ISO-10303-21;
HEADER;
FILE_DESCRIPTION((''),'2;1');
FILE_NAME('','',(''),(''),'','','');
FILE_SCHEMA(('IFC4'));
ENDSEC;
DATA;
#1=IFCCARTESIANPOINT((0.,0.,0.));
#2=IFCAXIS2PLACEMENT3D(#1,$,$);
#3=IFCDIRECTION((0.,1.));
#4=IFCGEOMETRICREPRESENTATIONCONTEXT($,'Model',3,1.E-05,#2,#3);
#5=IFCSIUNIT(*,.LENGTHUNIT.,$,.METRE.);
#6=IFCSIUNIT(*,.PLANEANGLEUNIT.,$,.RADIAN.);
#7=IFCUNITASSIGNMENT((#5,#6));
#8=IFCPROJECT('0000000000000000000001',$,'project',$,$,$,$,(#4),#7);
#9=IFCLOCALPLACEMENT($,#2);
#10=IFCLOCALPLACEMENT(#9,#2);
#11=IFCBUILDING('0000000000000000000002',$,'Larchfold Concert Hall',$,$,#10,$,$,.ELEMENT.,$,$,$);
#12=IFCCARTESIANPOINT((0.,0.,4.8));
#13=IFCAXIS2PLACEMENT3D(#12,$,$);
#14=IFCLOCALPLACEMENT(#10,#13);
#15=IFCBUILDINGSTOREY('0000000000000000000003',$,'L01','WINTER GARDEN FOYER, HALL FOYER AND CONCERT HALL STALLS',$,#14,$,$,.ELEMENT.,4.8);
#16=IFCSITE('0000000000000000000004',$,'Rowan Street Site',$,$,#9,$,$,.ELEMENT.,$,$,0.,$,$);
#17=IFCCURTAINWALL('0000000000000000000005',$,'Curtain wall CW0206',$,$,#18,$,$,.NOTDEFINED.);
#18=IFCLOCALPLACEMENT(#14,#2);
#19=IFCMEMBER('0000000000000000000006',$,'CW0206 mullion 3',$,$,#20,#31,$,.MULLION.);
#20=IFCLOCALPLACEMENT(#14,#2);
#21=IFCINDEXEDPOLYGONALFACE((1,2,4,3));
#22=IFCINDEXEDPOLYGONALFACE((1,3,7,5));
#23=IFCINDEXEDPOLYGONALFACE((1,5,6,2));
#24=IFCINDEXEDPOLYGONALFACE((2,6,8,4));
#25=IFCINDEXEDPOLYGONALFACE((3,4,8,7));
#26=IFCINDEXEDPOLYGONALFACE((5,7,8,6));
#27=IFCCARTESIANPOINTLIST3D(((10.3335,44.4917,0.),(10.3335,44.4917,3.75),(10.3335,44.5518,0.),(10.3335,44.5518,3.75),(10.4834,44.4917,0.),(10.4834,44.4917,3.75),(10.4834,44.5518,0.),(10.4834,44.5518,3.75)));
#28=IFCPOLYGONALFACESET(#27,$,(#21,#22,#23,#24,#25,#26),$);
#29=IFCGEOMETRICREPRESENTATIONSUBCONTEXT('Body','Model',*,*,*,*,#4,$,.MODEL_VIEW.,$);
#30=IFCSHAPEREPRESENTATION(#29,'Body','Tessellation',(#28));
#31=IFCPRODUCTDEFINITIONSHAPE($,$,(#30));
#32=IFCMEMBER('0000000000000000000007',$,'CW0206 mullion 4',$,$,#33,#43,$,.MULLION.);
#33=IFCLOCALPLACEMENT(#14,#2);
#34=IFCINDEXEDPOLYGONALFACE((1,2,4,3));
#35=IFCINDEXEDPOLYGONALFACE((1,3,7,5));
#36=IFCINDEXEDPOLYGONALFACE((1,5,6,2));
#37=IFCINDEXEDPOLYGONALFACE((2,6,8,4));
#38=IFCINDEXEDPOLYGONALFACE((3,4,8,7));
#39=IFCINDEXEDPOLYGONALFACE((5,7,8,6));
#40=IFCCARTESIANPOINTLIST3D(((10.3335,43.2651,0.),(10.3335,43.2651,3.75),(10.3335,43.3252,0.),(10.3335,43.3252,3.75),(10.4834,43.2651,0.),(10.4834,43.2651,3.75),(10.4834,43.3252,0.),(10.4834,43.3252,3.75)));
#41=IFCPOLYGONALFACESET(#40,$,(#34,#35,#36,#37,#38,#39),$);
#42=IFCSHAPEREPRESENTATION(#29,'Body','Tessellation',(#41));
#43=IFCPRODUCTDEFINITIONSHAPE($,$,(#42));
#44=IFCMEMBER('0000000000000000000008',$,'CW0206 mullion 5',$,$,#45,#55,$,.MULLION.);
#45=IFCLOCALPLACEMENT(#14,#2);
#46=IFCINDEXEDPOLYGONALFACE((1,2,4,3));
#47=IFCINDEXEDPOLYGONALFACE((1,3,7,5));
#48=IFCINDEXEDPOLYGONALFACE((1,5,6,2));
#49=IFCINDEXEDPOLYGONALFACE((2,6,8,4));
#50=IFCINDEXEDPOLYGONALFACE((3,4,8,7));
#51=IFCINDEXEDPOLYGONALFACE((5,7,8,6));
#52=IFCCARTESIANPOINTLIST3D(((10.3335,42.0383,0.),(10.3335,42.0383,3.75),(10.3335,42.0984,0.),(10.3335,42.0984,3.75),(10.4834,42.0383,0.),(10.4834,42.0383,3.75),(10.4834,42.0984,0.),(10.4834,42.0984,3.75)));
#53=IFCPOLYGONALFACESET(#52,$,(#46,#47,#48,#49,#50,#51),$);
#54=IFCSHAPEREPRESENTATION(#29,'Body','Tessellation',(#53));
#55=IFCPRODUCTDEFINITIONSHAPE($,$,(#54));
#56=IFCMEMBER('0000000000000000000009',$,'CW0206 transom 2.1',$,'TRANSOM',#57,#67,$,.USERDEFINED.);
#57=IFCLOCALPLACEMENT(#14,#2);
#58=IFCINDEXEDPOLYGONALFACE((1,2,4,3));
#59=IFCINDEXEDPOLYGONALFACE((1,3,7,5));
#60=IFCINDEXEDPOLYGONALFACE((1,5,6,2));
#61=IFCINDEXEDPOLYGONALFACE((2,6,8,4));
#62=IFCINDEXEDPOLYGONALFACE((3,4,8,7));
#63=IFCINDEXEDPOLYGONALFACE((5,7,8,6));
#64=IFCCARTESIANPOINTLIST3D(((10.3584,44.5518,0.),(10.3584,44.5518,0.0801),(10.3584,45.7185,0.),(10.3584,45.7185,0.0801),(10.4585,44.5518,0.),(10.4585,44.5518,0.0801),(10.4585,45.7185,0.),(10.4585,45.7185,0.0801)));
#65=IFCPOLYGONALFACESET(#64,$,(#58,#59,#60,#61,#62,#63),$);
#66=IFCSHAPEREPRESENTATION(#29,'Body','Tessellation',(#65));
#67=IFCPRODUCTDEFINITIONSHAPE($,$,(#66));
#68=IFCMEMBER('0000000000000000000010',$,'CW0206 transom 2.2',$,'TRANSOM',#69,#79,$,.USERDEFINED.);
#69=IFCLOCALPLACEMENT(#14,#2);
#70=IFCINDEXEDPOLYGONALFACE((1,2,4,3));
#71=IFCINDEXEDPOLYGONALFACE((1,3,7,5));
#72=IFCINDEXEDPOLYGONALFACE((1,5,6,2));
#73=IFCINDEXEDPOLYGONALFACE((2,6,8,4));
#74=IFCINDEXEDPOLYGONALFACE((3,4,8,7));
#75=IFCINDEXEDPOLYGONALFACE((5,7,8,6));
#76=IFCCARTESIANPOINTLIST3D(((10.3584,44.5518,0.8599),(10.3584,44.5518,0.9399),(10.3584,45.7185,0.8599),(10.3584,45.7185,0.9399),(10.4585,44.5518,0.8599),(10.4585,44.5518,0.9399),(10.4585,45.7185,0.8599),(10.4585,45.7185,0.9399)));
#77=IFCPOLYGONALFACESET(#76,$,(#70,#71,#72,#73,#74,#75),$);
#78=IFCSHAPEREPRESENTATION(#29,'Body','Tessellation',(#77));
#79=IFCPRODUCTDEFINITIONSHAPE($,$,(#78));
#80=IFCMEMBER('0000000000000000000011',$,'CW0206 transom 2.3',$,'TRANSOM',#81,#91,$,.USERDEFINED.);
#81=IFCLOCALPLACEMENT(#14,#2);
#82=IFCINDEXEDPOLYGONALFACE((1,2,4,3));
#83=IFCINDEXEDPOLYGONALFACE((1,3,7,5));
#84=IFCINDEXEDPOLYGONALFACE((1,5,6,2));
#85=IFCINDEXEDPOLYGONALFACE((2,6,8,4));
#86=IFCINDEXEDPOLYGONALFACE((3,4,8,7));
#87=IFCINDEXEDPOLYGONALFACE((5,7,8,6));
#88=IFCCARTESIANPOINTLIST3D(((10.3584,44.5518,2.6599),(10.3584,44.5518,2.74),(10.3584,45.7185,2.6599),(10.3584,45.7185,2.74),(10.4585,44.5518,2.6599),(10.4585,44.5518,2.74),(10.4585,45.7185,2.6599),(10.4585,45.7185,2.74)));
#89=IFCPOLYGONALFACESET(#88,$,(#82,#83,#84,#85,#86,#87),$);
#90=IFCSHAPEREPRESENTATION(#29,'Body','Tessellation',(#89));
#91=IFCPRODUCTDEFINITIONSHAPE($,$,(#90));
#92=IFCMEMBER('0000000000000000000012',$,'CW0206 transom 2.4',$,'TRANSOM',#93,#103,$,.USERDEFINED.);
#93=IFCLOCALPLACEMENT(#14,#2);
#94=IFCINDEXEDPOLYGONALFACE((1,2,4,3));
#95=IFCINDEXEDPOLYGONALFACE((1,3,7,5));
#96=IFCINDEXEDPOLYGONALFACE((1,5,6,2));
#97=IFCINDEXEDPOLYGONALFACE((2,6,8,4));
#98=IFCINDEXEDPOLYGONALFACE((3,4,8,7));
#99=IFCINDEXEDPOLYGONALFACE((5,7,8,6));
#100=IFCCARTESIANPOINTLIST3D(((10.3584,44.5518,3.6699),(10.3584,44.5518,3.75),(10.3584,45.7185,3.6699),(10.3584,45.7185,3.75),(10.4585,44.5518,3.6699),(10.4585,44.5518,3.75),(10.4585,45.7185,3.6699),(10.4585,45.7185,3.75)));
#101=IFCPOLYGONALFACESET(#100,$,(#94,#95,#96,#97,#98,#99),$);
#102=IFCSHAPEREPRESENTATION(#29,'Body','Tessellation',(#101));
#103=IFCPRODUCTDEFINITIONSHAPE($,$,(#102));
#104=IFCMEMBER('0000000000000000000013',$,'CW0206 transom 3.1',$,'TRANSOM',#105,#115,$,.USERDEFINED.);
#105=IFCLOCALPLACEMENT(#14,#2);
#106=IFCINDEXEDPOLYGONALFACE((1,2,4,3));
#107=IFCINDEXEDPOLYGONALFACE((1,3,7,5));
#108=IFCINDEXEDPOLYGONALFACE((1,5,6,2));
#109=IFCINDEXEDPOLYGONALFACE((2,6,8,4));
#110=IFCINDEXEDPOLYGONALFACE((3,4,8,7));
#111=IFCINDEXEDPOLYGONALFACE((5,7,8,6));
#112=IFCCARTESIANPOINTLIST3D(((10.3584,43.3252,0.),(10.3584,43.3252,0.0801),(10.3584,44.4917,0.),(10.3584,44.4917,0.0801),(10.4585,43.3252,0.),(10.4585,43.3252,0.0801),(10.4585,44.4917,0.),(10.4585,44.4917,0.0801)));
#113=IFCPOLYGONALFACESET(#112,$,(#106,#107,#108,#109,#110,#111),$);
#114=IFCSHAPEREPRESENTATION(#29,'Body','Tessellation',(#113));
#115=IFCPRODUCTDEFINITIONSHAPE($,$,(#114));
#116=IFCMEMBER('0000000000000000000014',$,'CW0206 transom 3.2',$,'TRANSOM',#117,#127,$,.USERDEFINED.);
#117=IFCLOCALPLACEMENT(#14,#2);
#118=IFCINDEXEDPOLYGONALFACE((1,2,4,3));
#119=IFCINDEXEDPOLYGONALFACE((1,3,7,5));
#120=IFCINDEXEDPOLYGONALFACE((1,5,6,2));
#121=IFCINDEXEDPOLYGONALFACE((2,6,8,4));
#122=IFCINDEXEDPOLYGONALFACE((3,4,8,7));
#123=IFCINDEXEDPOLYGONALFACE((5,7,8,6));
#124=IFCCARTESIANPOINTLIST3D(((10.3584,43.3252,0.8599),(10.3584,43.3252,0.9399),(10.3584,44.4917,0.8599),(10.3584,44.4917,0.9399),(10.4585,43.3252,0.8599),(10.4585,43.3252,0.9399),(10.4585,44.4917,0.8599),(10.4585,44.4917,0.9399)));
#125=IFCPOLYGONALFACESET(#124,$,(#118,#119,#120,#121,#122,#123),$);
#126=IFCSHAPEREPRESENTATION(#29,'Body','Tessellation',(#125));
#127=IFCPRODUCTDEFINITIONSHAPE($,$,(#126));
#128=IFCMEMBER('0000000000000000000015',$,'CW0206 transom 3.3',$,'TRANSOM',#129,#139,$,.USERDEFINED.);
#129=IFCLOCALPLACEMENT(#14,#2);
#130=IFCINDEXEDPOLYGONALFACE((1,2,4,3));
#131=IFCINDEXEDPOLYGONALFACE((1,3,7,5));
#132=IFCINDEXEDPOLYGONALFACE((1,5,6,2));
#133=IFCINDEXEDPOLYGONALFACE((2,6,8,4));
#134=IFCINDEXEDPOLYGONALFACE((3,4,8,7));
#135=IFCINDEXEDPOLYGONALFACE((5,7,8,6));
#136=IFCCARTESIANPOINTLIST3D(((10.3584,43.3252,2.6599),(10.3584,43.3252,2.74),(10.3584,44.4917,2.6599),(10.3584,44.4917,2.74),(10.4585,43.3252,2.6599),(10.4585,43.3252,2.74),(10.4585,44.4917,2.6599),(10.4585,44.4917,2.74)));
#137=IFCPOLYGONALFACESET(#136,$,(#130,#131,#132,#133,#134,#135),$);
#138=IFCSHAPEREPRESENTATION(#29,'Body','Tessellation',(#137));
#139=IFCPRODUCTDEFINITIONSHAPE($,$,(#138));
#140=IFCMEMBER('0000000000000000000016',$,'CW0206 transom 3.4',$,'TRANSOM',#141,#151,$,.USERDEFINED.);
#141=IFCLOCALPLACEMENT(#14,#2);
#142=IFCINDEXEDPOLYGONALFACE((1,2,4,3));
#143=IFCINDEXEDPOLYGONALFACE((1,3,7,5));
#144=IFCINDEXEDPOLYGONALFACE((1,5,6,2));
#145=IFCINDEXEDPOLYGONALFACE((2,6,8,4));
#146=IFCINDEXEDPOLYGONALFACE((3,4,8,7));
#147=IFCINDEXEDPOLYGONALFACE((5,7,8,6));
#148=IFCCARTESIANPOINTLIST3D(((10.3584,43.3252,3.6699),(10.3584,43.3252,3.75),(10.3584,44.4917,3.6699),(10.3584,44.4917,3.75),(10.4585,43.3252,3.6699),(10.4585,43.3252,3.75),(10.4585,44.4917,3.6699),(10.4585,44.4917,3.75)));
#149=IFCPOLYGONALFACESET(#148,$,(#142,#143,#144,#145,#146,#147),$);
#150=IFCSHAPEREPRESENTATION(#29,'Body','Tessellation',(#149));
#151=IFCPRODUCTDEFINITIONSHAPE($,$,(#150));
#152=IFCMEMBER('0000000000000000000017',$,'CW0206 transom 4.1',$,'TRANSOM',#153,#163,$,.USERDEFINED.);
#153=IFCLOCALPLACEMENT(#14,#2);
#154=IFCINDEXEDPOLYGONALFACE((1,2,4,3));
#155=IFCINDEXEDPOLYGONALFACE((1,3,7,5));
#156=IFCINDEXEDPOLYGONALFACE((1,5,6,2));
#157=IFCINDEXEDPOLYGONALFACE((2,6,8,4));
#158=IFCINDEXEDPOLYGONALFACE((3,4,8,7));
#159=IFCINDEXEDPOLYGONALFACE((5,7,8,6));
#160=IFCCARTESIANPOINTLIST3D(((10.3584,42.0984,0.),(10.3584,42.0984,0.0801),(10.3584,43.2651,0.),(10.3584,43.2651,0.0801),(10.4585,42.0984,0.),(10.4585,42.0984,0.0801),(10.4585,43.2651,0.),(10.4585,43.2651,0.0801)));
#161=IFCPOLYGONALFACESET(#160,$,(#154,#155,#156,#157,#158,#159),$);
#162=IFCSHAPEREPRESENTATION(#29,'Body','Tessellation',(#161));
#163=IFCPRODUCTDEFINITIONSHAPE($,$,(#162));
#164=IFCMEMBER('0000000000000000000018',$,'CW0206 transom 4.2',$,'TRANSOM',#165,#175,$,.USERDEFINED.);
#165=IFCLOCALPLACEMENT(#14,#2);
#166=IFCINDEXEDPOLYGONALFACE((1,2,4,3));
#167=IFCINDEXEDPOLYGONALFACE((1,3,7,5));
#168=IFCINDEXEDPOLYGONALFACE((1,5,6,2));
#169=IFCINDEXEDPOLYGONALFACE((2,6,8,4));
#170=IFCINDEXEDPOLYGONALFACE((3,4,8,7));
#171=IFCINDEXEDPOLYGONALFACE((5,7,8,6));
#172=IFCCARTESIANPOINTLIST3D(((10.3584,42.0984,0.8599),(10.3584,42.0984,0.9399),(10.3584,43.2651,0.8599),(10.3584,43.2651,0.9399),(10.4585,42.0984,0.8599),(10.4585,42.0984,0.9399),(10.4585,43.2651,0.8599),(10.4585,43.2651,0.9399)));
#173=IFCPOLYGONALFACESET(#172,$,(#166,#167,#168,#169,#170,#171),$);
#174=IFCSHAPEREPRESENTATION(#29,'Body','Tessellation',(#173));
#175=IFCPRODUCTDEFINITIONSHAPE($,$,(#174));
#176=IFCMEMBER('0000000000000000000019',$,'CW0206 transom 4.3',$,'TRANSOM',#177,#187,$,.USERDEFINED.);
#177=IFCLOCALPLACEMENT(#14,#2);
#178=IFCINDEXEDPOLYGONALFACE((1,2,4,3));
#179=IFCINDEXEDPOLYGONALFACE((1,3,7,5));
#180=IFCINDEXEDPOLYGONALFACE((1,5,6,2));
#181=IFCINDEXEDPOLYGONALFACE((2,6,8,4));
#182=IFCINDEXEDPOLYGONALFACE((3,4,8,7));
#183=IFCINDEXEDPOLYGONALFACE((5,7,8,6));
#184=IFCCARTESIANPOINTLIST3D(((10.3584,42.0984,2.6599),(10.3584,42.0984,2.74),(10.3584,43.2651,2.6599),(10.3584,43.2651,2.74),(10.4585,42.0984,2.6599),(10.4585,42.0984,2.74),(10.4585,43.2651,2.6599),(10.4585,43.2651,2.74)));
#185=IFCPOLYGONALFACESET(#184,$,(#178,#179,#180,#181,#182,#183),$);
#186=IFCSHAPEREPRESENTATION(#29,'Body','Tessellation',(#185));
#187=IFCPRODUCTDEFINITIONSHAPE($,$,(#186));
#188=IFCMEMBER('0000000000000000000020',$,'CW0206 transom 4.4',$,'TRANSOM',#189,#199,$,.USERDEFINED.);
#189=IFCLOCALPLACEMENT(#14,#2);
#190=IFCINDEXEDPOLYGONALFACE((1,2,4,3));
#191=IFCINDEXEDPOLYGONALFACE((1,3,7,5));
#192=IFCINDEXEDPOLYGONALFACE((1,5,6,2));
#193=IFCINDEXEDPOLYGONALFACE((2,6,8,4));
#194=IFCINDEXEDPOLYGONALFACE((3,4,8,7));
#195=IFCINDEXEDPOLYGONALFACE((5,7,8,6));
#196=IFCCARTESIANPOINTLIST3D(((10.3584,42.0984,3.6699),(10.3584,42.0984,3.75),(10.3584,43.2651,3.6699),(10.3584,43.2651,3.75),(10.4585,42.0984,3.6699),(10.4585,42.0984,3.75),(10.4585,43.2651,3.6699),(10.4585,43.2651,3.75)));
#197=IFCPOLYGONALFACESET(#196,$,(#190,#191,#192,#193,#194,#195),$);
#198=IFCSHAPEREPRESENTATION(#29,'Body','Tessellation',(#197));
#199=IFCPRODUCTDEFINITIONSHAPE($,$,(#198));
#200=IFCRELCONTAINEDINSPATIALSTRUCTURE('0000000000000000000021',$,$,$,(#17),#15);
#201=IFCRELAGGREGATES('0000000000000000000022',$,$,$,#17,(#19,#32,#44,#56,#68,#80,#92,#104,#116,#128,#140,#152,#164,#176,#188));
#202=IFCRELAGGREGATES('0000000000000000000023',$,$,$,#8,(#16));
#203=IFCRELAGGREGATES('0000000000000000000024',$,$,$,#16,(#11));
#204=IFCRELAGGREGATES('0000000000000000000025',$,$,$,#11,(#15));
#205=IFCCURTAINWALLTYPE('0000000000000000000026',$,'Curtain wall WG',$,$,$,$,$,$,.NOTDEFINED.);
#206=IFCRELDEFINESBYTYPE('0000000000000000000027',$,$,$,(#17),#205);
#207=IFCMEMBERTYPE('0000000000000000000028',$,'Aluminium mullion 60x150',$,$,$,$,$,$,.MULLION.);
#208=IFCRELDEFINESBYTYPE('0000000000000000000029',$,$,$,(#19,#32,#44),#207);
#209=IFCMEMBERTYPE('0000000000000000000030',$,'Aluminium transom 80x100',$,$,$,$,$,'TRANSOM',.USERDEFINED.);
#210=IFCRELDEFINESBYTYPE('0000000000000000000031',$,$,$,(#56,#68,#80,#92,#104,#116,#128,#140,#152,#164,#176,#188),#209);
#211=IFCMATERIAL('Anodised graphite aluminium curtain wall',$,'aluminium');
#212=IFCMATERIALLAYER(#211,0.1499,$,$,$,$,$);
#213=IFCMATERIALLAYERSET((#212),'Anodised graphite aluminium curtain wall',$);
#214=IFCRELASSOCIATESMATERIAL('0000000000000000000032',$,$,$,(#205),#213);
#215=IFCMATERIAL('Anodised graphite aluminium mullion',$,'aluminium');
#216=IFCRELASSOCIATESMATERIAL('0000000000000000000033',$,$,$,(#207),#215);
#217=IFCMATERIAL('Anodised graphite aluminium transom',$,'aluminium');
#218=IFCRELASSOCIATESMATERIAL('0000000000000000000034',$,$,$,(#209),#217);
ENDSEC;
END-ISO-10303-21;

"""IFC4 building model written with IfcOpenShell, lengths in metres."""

from ifc_helpers import new_model, si_unit, direction, frame, origin, origin_2d, place, context, subcontext, project, spatial, rectangle, extrude, material, layer, layer_set, material_profile, profile_set, type_object, element, aggregate, save


model = new_model("IFC4")

# Units and contexts
model_context = context("Model", 3, precision=1e-05, world=origin(), true_north=direction((0.0, 1.0)))
body_context = subcontext(model_context, "Body", "Model", "MODEL_VIEW")
ifc_project = project(units=[si_unit("LENGTHUNIT", "METRE"), si_unit("PLANEANGLEUNIT", "RADIAN")], contexts=[model_context])

# Site, building, storey
site_placement = place(None, origin())
site = spatial("IfcSite", under=ifc_project, at=site_placement, Name="Rowan Street Site", CompositionType="ELEMENT", RefElevation=0.0)
building_placement = place(site_placement, origin())
building = spatial("IfcBuilding", under=site, at=building_placement, Name="Larchfold Concert Hall", CompositionType="ELEMENT")
storey_placement = place(building_placement, frame((0.0, 0.0, 4.8)))
storey = spatial("IfcBuildingStorey", under=building, at=storey_placement, Name="L01", Description="WINTER GARDEN FOYER, HALL FOYER AND CONCERT HALL STALLS", CompositionType="ELEMENT", Elevation=4.8)

# Curtain wall, members
ifc_material_1 = material(Name="Anodised graphite aluminium curtain wall", Category="aluminium")
ifc_layer_1 = layer(ifc_material_1, 0.1499)
ifc_layer_set_1 = layer_set([ifc_layer_1], Name="Anodised graphite aluminium curtain wall")
curtain_wall_type = type_object("IfcCurtainWallType", Name="Curtain wall WG", PredefinedType="NOTDEFINED", material=ifc_layer_set_1)
curtain_wall_placement = place(storey_placement, origin())
curtain_wall = element("IfcCurtainWall", 1, at=curtain_wall_placement, inside=storey, type_object=curtain_wall_type, Name="Curtain wall CW0206", PredefinedType="NOTDEFINED")
ifc_material_2 = material(Name="Anodised graphite aluminium mullion", Category="aluminium")
ifc_material_profile_1 = material_profile(ifc_material_2, rectangle(XDim=0.1499, YDim=0.0601, at=origin_2d()))
ifc_profile_set_1 = profile_set([ifc_material_profile_1], Name="Anodised graphite aluminium mullion")
member_type_1 = type_object("IfcMemberType", Name="Aluminium mullion 60x150", PredefinedType="MULLION", material=ifc_profile_set_1)
member_1_placement = place(storey_placement, frame((10.4084, 44.5217, 0.0), z_axis=(0.0, 0.0, 1.0), x_axis=(1.0, 0.0, 0.0)))
member_1 = element("IfcMember", 2, at=member_1_placement, type_object=member_type_1, Name="CW0206 mullion 3", PredefinedType="MULLION", context=body_context, shape_type="SweptSolid", body=[
    extrude(rectangle(XDim=0.1499, YDim=0.0601, at=origin_2d()), origin(), (0.0, 0.0, 1.0), 3.75),
])
member_2_placement = place(storey_placement, frame((10.4084, 43.2952, 0.0), z_axis=(0.0, 0.0, 1.0), x_axis=(1.0, 0.0, 0.0)))
member_2 = element("IfcMember", 3, at=member_2_placement, type_object=member_type_1, Name="CW0206 mullion 4", PredefinedType="MULLION", context=body_context, shape_type="SweptSolid", body=[
    extrude(rectangle(XDim=0.1499, YDim=0.0601, at=origin_2d()), origin(), (0.0, 0.0, 1.0), 3.75),
])
member_3_placement = place(storey_placement, frame((10.4084, 42.0684, 0.0), z_axis=(0.0, 0.0, 1.0), x_axis=(1.0, 0.0, 0.0)))
member_3 = element("IfcMember", 4, at=member_3_placement, type_object=member_type_1, Name="CW0206 mullion 5", PredefinedType="MULLION", context=body_context, shape_type="SweptSolid", body=[
    extrude(rectangle(XDim=0.1499, YDim=0.0601, at=origin_2d()), origin(), (0.0, 0.0, 1.0), 3.75),
])
ifc_material_3 = material(Name="Anodised graphite aluminium transom", Category="aluminium")
ifc_material_profile_2 = material_profile(ifc_material_3, rectangle(XDim=0.1001, YDim=0.0801, at=origin_2d()))
ifc_profile_set_2 = profile_set([ifc_material_profile_2], Name="Anodised graphite aluminium transom")
member_type_2 = type_object("IfcMemberType", Name="Aluminium transom 80x100", ElementType="TRANSOM", PredefinedType="USERDEFINED", material=ifc_profile_set_2)
member_4_placement = place(storey_placement, frame((10.4084, 45.7185, 0.04), z_axis=(0.0, -1.0, 0.0), x_axis=(1.0, 0.0, 0.0)))
member_4 = element("IfcMember", 5, at=member_4_placement, type_object=member_type_2, Name="CW0206 transom 2.1", ObjectType="TRANSOM", PredefinedType="USERDEFINED", context=body_context, shape_type="SweptSolid", body=[
    extrude(rectangle(XDim=0.1001, YDim=0.0801, at=origin_2d()), origin(), (0.0, 0.0, 1.0), 1.1667),
])
member_5_placement = place(storey_placement, frame((10.4084, 45.7185, 0.8999), z_axis=(0.0, -1.0, 0.0), x_axis=(1.0, 0.0, 0.0)))
member_5 = element("IfcMember", 6, at=member_5_placement, type_object=member_type_2, Name="CW0206 transom 2.2", ObjectType="TRANSOM", PredefinedType="USERDEFINED", context=body_context, shape_type="SweptSolid", body=[
    extrude(rectangle(XDim=0.1001, YDim=0.0801, at=origin_2d()), origin(), (0.0, 0.0, 1.0), 1.1667),
])
member_6_placement = place(storey_placement, frame((10.4084, 45.7185, 2.7), z_axis=(0.0, -1.0, 0.0), x_axis=(1.0, 0.0, 0.0)))
member_6 = element("IfcMember", 7, at=member_6_placement, type_object=member_type_2, Name="CW0206 transom 2.3", ObjectType="TRANSOM", PredefinedType="USERDEFINED", context=body_context, shape_type="SweptSolid", body=[
    extrude(rectangle(XDim=0.1001, YDim=0.0801, at=origin_2d()), origin(), (0.0, 0.0, 1.0), 1.1667),
])
member_7_placement = place(storey_placement, frame((10.4084, 45.7185, 3.71), z_axis=(0.0, -1.0, 0.0), x_axis=(1.0, 0.0, 0.0)))
member_7 = element("IfcMember", 8, at=member_7_placement, type_object=member_type_2, Name="CW0206 transom 2.4", ObjectType="TRANSOM", PredefinedType="USERDEFINED", context=body_context, shape_type="SweptSolid", body=[
    extrude(rectangle(XDim=0.1001, YDim=0.0801, at=origin_2d()), origin(), (0.0, 0.0, 1.0), 1.1667),
])
member_8_placement = place(storey_placement, frame((10.4084, 44.4917, 0.04), z_axis=(0.0, -1.0, 0.0), x_axis=(1.0, 0.0, 0.0)))
member_8 = element("IfcMember", 9, at=member_8_placement, type_object=member_type_2, Name="CW0206 transom 3.1", ObjectType="TRANSOM", PredefinedType="USERDEFINED", context=body_context, shape_type="SweptSolid", body=[
    extrude(rectangle(XDim=0.1001, YDim=0.0801, at=origin_2d()), origin(), (0.0, 0.0, 1.0), 1.1665),
])
member_9_placement = place(storey_placement, frame((10.4084, 44.4917, 0.8999), z_axis=(0.0, -1.0, 0.0), x_axis=(1.0, 0.0, 0.0)))
member_9 = element("IfcMember", 10, at=member_9_placement, type_object=member_type_2, Name="CW0206 transom 3.2", ObjectType="TRANSOM", PredefinedType="USERDEFINED", context=body_context, shape_type="SweptSolid", body=[
    extrude(rectangle(XDim=0.1001, YDim=0.0801, at=origin_2d()), origin(), (0.0, 0.0, 1.0), 1.1665),
])
member_10_placement = place(storey_placement, frame((10.4084, 44.4917, 2.7), z_axis=(0.0, -1.0, 0.0), x_axis=(1.0, 0.0, 0.0)))
member_10 = element("IfcMember", 11, at=member_10_placement, type_object=member_type_2, Name="CW0206 transom 3.3", ObjectType="TRANSOM", PredefinedType="USERDEFINED", context=body_context, shape_type="SweptSolid", body=[
    extrude(rectangle(XDim=0.1001, YDim=0.0801, at=origin_2d()), origin(), (0.0, 0.0, 1.0), 1.1665),
])
member_11_placement = place(storey_placement, frame((10.4084, 44.4917, 3.71), z_axis=(0.0, -1.0, 0.0), x_axis=(1.0, 0.0, 0.0)))
member_11 = element("IfcMember", 12, at=member_11_placement, type_object=member_type_2, Name="CW0206 transom 3.4", ObjectType="TRANSOM", PredefinedType="USERDEFINED", context=body_context, shape_type="SweptSolid", body=[
    extrude(rectangle(XDim=0.1001, YDim=0.0801, at=origin_2d()), origin(), (0.0, 0.0, 1.0), 1.1665),
])
member_12_placement = place(storey_placement, frame((10.4084, 43.2651, 0.04), z_axis=(0.0, -1.0, 0.0), x_axis=(1.0, 0.0, 0.0)))
member_12 = element("IfcMember", 13, at=member_12_placement, type_object=member_type_2, Name="CW0206 transom 4.1", ObjectType="TRANSOM", PredefinedType="USERDEFINED", context=body_context, shape_type="SweptSolid", body=[
    extrude(rectangle(XDim=0.1001, YDim=0.0801, at=origin_2d()), origin(), (0.0, 0.0, 1.0), 1.1667),
])
member_13_placement = place(storey_placement, frame((10.4084, 43.2651, 0.8999), z_axis=(0.0, -1.0, 0.0), x_axis=(1.0, 0.0, 0.0)))
member_13 = element("IfcMember", 14, at=member_13_placement, type_object=member_type_2, Name="CW0206 transom 4.2", ObjectType="TRANSOM", PredefinedType="USERDEFINED", context=body_context, shape_type="SweptSolid", body=[
    extrude(rectangle(XDim=0.1001, YDim=0.0801, at=origin_2d()), origin(), (0.0, 0.0, 1.0), 1.1667),
])
member_14_placement = place(storey_placement, frame((10.4084, 43.2651, 2.7), z_axis=(0.0, -1.0, 0.0), x_axis=(1.0, 0.0, 0.0)))
member_14 = element("IfcMember", 15, at=member_14_placement, type_object=member_type_2, Name="CW0206 transom 4.3", ObjectType="TRANSOM", PredefinedType="USERDEFINED", context=body_context, shape_type="SweptSolid", body=[
    extrude(rectangle(XDim=0.1001, YDim=0.0801, at=origin_2d()), origin(), (0.0, 0.0, 1.0), 1.1667),
])
member_15_placement = place(storey_placement, frame((10.4084, 43.2651, 3.71), z_axis=(0.0, -1.0, 0.0), x_axis=(1.0, 0.0, 0.0)))
member_15 = element("IfcMember", 16, at=member_15_placement, type_object=member_type_2, Name="CW0206 transom 4.4", ObjectType="TRANSOM", PredefinedType="USERDEFINED", context=body_context, shape_type="SweptSolid", body=[
    extrude(rectangle(XDim=0.1001, YDim=0.0801, at=origin_2d()), origin(), (0.0, 0.0, 1.0), 1.1667),
])

aggregate(curtain_wall, [member_1, member_2, member_3, member_4, member_5, member_6, member_7, member_8, member_9, member_10, member_11, member_12, member_13, member_14, member_15])

save(model, "model.ifc")
